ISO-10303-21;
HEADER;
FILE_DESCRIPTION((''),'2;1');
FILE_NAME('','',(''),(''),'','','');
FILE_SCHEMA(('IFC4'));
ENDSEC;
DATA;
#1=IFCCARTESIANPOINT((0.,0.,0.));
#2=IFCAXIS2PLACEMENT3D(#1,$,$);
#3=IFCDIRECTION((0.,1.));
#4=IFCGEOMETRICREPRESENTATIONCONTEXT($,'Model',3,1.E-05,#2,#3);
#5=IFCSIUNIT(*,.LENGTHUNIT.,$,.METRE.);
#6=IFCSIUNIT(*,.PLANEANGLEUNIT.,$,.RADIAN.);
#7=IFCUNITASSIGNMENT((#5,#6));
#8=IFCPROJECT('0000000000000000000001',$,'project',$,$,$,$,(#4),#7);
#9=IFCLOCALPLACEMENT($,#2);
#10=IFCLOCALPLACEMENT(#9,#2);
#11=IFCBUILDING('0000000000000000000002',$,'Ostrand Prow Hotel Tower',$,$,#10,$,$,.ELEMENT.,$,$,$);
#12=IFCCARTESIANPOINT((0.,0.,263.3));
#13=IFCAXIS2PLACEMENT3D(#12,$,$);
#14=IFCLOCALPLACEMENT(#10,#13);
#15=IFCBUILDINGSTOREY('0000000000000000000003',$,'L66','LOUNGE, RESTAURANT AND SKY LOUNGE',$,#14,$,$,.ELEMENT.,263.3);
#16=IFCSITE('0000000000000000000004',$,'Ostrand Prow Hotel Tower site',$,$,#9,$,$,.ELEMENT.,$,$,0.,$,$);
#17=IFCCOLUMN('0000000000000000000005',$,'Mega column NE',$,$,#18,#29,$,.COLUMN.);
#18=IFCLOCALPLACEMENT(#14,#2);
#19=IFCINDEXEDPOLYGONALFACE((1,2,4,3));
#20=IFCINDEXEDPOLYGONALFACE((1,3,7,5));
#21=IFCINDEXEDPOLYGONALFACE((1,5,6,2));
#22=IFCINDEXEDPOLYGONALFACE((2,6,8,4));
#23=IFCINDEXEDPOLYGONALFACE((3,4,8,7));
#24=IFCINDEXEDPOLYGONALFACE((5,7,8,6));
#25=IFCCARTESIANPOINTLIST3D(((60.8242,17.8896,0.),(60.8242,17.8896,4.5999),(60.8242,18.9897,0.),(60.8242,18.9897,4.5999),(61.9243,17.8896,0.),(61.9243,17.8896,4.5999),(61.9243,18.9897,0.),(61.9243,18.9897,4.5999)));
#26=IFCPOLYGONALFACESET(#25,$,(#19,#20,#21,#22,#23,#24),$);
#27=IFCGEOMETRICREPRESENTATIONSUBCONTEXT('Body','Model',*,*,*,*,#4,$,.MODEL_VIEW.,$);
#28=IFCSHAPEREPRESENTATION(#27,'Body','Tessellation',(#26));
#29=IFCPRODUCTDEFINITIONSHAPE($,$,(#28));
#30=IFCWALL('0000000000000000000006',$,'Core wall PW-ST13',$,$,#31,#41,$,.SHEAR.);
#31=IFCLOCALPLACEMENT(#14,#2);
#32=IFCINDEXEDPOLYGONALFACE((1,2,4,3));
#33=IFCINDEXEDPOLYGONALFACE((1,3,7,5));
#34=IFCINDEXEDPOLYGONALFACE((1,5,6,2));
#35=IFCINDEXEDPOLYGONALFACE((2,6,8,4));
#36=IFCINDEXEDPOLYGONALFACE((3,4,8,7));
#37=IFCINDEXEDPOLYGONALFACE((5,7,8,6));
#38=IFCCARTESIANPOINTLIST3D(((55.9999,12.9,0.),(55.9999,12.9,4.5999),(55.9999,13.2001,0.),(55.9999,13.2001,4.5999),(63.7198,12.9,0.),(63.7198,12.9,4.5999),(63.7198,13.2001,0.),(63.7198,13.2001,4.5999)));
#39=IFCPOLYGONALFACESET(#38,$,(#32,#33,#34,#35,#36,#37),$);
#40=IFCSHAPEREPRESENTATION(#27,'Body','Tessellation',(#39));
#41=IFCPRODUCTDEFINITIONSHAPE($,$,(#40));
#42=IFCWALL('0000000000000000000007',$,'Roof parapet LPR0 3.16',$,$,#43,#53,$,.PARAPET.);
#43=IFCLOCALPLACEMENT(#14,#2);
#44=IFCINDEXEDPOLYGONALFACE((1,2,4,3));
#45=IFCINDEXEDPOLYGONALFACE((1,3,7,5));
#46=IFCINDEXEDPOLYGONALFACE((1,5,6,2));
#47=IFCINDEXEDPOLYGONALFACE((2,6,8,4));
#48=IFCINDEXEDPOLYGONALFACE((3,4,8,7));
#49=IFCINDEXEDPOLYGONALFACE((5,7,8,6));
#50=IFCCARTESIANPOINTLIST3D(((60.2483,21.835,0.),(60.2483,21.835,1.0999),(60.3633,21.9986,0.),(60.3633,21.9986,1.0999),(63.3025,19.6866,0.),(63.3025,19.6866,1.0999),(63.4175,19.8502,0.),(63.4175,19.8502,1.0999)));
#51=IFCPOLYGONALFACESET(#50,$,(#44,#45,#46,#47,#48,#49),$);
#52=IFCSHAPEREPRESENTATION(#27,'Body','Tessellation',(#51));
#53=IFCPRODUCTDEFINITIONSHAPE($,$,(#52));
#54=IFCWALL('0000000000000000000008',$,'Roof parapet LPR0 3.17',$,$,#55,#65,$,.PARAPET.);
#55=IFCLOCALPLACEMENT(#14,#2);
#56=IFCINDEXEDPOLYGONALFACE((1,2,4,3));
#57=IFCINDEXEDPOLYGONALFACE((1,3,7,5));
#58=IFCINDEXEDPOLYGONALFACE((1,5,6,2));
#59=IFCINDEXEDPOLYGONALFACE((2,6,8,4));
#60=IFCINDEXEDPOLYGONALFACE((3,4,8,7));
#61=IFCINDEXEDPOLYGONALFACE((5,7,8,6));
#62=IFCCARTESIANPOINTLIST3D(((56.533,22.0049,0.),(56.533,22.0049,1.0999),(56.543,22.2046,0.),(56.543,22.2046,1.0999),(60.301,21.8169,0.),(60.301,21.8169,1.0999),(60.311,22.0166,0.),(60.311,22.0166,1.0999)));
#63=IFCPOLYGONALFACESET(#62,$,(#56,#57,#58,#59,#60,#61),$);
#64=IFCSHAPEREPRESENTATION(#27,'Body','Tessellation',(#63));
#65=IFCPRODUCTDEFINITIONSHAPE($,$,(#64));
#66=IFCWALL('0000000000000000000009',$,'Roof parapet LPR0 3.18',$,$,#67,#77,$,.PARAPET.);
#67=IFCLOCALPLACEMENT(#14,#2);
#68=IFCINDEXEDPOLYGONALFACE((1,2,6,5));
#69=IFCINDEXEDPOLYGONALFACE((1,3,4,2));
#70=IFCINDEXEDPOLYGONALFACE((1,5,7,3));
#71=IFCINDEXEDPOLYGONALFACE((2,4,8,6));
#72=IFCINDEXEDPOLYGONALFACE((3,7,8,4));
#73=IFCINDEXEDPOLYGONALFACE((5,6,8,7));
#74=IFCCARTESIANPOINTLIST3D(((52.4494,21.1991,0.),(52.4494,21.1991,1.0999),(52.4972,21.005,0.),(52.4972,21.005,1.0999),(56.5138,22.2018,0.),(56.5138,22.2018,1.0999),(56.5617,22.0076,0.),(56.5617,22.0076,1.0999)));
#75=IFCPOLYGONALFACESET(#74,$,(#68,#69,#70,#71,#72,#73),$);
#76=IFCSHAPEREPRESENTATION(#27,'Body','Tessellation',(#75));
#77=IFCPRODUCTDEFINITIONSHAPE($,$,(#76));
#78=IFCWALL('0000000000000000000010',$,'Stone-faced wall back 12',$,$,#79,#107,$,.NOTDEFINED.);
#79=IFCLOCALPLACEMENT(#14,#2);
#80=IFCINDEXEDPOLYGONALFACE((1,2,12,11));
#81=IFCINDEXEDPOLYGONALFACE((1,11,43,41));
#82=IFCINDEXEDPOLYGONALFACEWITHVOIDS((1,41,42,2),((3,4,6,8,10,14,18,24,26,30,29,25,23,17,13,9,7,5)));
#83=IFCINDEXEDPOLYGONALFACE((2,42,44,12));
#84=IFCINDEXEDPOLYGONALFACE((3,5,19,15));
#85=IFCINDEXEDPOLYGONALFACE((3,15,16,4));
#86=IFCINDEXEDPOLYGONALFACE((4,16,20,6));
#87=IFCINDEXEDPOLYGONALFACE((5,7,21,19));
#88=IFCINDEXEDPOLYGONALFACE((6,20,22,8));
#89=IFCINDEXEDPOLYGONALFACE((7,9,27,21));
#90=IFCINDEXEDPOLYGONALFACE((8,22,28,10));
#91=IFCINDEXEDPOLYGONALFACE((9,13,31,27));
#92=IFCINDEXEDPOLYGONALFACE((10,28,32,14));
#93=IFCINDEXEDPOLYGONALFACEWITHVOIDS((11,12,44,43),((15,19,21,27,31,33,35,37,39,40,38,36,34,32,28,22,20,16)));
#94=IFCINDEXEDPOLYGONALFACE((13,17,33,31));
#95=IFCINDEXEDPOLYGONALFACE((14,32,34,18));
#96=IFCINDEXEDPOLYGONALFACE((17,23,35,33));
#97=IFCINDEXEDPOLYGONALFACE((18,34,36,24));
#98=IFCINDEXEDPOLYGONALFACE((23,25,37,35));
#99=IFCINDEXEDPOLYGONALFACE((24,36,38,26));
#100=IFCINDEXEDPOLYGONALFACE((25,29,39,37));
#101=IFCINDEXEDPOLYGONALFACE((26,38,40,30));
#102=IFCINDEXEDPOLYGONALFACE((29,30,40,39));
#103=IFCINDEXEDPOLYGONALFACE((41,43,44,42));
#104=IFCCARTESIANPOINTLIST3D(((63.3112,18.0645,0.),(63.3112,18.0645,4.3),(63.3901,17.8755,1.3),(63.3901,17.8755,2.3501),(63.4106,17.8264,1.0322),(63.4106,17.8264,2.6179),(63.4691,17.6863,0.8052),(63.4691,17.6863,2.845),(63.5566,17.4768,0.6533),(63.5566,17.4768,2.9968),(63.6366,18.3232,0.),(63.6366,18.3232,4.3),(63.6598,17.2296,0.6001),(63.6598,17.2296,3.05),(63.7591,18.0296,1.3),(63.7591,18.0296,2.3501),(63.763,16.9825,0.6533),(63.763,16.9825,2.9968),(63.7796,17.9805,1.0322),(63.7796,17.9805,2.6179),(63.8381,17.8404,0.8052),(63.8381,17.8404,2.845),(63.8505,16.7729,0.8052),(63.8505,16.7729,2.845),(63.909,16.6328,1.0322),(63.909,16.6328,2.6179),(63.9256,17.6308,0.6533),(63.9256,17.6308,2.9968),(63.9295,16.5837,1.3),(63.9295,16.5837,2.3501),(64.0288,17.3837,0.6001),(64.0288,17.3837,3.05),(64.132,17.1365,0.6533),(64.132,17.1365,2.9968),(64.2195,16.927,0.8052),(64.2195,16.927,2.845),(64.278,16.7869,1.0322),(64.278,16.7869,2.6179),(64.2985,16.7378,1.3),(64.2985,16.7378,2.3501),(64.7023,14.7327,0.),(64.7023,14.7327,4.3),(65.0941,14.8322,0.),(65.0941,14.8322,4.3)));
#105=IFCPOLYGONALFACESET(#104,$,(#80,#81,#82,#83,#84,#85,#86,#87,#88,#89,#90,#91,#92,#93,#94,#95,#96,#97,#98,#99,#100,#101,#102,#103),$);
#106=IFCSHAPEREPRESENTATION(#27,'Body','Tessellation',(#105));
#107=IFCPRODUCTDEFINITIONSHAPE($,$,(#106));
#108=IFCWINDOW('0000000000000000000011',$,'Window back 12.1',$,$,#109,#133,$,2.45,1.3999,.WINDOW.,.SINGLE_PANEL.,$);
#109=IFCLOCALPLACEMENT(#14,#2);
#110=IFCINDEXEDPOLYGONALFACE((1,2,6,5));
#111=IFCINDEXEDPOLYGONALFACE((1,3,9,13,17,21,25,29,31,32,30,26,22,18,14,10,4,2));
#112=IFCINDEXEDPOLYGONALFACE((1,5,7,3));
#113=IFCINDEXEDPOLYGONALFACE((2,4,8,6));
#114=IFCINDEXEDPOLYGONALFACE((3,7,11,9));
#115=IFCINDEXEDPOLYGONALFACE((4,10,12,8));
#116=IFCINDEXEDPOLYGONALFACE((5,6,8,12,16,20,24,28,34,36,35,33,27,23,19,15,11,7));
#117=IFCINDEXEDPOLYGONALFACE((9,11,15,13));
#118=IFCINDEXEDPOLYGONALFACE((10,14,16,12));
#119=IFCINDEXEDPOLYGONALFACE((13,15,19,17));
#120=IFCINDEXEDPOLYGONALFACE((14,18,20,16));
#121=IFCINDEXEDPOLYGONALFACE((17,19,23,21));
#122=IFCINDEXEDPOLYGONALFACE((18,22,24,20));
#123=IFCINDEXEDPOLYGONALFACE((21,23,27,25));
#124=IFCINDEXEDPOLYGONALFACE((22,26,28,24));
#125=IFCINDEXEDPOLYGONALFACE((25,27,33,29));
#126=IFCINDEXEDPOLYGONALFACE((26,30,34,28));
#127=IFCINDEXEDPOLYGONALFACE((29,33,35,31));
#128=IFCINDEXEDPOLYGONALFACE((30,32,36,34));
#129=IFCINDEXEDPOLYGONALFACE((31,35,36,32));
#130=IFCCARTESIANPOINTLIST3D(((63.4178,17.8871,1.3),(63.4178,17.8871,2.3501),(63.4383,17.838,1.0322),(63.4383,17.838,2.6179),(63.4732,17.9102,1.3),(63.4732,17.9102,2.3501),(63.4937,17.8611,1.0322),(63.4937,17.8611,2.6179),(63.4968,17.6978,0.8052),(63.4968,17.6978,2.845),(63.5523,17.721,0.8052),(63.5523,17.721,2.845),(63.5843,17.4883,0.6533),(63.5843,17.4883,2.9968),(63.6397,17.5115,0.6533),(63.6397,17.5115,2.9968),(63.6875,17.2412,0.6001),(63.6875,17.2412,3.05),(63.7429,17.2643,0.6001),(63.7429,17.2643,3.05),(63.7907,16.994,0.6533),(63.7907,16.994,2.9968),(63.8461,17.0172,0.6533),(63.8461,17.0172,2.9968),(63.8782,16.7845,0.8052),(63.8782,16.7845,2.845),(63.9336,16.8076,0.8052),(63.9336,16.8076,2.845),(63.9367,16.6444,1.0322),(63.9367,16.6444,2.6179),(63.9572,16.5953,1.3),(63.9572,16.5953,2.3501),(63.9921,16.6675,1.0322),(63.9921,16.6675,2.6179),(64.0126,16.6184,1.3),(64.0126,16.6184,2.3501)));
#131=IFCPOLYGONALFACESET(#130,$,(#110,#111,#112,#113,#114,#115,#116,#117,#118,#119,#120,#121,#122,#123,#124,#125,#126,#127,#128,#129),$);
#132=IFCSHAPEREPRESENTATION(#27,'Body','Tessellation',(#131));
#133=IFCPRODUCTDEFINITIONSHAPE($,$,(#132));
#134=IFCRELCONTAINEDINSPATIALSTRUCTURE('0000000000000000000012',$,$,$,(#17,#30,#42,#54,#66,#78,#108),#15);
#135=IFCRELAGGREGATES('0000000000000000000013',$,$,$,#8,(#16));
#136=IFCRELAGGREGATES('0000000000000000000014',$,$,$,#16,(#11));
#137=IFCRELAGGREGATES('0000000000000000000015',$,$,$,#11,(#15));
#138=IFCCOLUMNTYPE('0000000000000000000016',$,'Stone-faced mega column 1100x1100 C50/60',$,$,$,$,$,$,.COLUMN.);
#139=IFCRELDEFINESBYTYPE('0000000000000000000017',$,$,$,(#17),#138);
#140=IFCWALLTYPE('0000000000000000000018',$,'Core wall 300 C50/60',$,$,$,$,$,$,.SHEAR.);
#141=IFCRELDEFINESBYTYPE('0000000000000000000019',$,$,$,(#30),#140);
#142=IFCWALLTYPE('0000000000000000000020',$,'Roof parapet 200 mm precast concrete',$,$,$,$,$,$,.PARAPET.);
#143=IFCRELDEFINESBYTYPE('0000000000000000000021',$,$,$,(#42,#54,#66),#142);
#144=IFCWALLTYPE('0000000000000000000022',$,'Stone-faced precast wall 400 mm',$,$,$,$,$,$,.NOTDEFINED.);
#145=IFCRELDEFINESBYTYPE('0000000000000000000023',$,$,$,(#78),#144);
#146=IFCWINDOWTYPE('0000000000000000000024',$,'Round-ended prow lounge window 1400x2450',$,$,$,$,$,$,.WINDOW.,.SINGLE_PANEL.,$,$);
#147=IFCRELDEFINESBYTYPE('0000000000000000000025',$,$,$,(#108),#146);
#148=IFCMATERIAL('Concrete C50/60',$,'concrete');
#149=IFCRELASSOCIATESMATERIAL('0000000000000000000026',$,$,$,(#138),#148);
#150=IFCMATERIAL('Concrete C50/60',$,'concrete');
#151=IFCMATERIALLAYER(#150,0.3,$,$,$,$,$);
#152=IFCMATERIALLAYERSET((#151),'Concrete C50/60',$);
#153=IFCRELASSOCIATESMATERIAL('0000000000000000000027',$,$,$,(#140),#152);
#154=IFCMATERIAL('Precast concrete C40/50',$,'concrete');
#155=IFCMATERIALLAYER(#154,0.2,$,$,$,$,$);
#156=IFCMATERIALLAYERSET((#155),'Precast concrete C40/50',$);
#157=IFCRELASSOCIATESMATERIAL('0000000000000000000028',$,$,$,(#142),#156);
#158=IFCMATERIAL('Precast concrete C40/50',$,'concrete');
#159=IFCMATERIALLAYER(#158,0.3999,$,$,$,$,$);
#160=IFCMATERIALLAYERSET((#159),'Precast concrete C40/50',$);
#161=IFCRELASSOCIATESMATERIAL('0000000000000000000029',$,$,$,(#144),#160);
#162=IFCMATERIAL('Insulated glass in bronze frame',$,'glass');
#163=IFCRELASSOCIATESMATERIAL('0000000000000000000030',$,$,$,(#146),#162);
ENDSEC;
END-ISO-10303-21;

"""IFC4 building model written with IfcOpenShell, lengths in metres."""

from ifc_helpers import new_model, si_unit, direction, frame, frame_2d, origin, origin_2d, place, context, subcontext, project, spatial, polyline, rectangle, outline, extrude, material, layer, layer_set, material_profile, profile_set, type_object, element, fill, save


model = new_model("IFC4")

# Units and contexts
model_context = context("Model", 3, precision=1e-05, world=origin(), true_north=direction((0.0, 1.0)))
body_context = subcontext(model_context, "Body", "Model", "MODEL_VIEW")
ifc_project = project(units=[si_unit("LENGTHUNIT", "METRE"), si_unit("PLANEANGLEUNIT", "RADIAN")], contexts=[model_context])

# Site, building, storey
site_placement = place(None, origin())
site = spatial("IfcSite", under=ifc_project, at=site_placement, Name="Ostrand Prow Hotel Tower site", CompositionType="ELEMENT", RefElevation=0.0)
building_placement = place(site_placement, origin())
building = spatial("IfcBuilding", under=site, at=building_placement, Name="Ostrand Prow Hotel Tower", CompositionType="ELEMENT")
storey_placement = place(building_placement, frame((0.0, 0.0, 263.3)))
storey = spatial("IfcBuildingStorey", under=building, at=storey_placement, Name="L66", Description="LOUNGE, RESTAURANT AND SKY LOUNGE", CompositionType="ELEMENT", Elevation=263.3)

# Column
ifc_material_1 = material(Name="Concrete C50/60", Category="concrete")
ifc_material_profile = material_profile(ifc_material_1, rectangle(XDim=1.1001, YDim=1.1001, at=origin_2d()), Name="RC 1100x1100")
ifc_profile_set = profile_set([ifc_material_profile], Name="Concrete C50/60")
column_type = type_object("IfcColumnType", Name="Stone-faced mega column 1100x1100 C50/60", PredefinedType="COLUMN", material=ifc_profile_set)
column_placement = place(storey_placement, frame((61.3743, 18.4397, 0.0), z_axis=(0.0, 0.0, 1.0), x_axis=(1.0, 0.0, 0.0)))
element("IfcColumn", 1, at=column_placement, inside=storey, type_object=column_type, Name="Mega column NE", PredefinedType="COLUMN", context=body_context, shape_type="SweptSolid", body=[
    extrude(rectangle(XDim=1.1001, YDim=1.1001, at=origin_2d()), origin(), (0.0, 0.0, 1.0), 4.5999),
])

# Walls
ifc_material_2 = material(Name="Concrete C50/60", Category="concrete")
ifc_layer_1 = layer(ifc_material_2, 0.3)
ifc_layer_set_1 = layer_set([ifc_layer_1], Name="Concrete C50/60")
wall_type_1 = type_object("IfcWallType", Name="Core wall 300 C50/60", PredefinedType="SHEAR", material=ifc_layer_set_1)
wall_1_placement = place(storey_placement, frame((56.0, 13.05, 0.0), z_axis=(0.0, 0.0, 1.0), x_axis=(1.0, 0.0, 0.0)))
element("IfcWall", 2, at=wall_1_placement, inside=storey, type_object=wall_type_1, Name="Core wall PW-ST13", PredefinedType="SHEAR", context=body_context, shape_type="SweptSolid", body=[
    extrude(rectangle(XDim=7.72, YDim=0.3, at=frame_2d((3.8599, 0.0))), origin(), (0.0, 0.0, 1.0), 4.5999),
])
ifc_material_3 = material(Name="Precast concrete C40/50", Category="concrete")
ifc_layer_2 = layer(ifc_material_3, 0.2)
ifc_layer_set_2 = layer_set([ifc_layer_2], Name="Precast concrete C40/50")
wall_type_2 = type_object("IfcWallType", Name="Roof parapet 200 mm precast concrete", PredefinedType="PARAPET", material=ifc_layer_set_2)
wall_2_placement = place(storey_placement, frame((63.3601, 19.7683, 0.0), z_axis=(0.0, 0.0, 1.0), x_axis=(-0.817909, 0.575348, 0.0)))
element("IfcWall", 3, at=wall_2_placement, inside=storey, type_object=wall_type_2, Name="Roof parapet LPR0 3.16", PredefinedType="PARAPET", context=body_context, shape_type="SweptSolid", body=[
    extrude(rectangle(XDim=3.7341, YDim=0.2, at=frame_2d((1.8672, 0.0))), origin(), (0.0, 0.0, 1.0), 1.0999),
])
wall_3_placement = place(storey_placement, frame((60.3059, 21.9167, 0.0), z_axis=(0.0, 0.0, 1.0), x_axis=(-0.998758, 0.049828, 0.0)))
element("IfcWall", 4, at=wall_3_placement, inside=storey, type_object=wall_type_2, Name="Roof parapet LPR0 3.17", PredefinedType="PARAPET", context=body_context, shape_type="SweptSolid", body=[
    extrude(rectangle(XDim=3.7727, YDim=0.2, at=frame_2d((1.8862, 0.0))), origin(), (0.0, 0.0, 1.0), 1.0999),
])
wall_4_placement = place(storey_placement, frame((56.5378, 22.1047, 0.0), z_axis=(0.0, 0.0, 1.0), x_axis=(-0.970893, -0.239516, 0.0)))
element("IfcWall", 5, at=wall_4_placement, inside=storey, type_object=wall_type_2, Name="Roof parapet LPR0 3.18", PredefinedType="PARAPET", context=body_context, shape_type="SweptSolid", body=[
    extrude(rectangle(XDim=4.1863, YDim=0.2, at=frame_2d((2.0933, 0.0))), origin(), (0.0, 0.0, 1.0), 1.0999),
])

# Wall, opening, window
ifc_material_4 = material(Name="Precast concrete C40/50", Category="concrete")
ifc_layer_3 = layer(ifc_material_4, 0.3999)
ifc_layer_set_3 = layer_set([ifc_layer_3], Name="Precast concrete C40/50")
wall_type_3 = type_object("IfcWallType", Name="Stone-faced precast wall 400 mm", PredefinedType="NOTDEFINED", material=ifc_layer_set_3)
wall_5_placement = place(storey_placement, frame((64.8982, 14.7825, 0.0), z_axis=(0.0, 0.0, 1.0), x_axis=(-0.385286, 0.922797, 0.0)))
wall_5 = element("IfcWall", 6, at=wall_5_placement, inside=storey, type_object=wall_type_3, Name="Stone-faced wall back 12", PredefinedType="NOTDEFINED", context=body_context, shape_type="SweptSolid", body=[
    extrude(outline(polyline([(-0.0295, -0.2), (3.7534, -0.2), (3.6401, 0.2), (0.0295, 0.2), (-0.0295, -0.2)])), origin(), (0.0, 0.0, 1.0), 4.3),
])
opening_1_placement = place(wall_5_placement, frame((2.0354, 0.0, 0.6001)))
opening_1 = element("IfcOpeningElement", 7, at=opening_1_placement, cuts=wall_5, PredefinedType="OPENING", context=body_context, shape_type="SweptSolid", body=[
    extrude(outline(polyline([(0.0, 1.75), (0.0532, 2.0178), (0.2051, 2.2449), (0.4321, 2.3967), (0.7, 2.45), (0.9678, 2.3967), (1.1948, 2.2449), (1.3467, 2.0178), (1.3999, 1.75), (1.3999, 0.7), (1.3467, 0.4321), (1.1948, 0.2051), (0.9678, 0.0532), (0.7, 0.0), (0.4321, 0.0532), (0.2051, 0.2051), (0.0532, 0.4321), (0.0, 0.7), (0.0, 1.75)])), frame((0.0, 0.21, 0.0), z_axis=(0.0, -1.0, 0.0), x_axis=(1.0, 0.0, 0.0)), (0.0, 0.0, 1.0), 0.4199),
])
ifc_material_5 = material(Name="Insulated glass in bronze frame", Category="glass")
window_type_1 = type_object("IfcWindowType", Name="Round-ended prow lounge window 1400x2450", PartitioningType="SINGLE_PANEL", PredefinedType="WINDOW", material=ifc_material_5)
window_1_placement = place(opening_1_placement, origin())
window_1 = element("IfcWindow", 8, at=window_1_placement, inside=storey, type_object=window_type_1, Name="Window back 12.1", OverallHeight=2.45, OverallWidth=1.3999, PartitioningType="SINGLE_PANEL", PredefinedType="WINDOW", context=body_context, shape_type="SweptSolid", body=[
    extrude(outline(polyline([(0.0, 1.75), (0.0532, 2.0178), (0.2051, 2.2449), (0.4321, 2.3967), (0.7, 2.45), (0.9678, 2.3967), (1.1948, 2.2449), (1.3467, 2.0178), (1.3999, 1.75), (1.3999, 0.7), (1.3467, 0.4321), (1.1948, 0.2051), (0.9678, 0.0532), (0.7, 0.0), (0.4321, 0.0532), (0.2051, 0.2051), (0.0532, 0.4321), (0.0, 0.7), (0.0, 1.75)])), frame((0.0, 0.1699, 0.0), z_axis=(0.0, -1.0, 0.0), x_axis=(1.0, 0.0, 0.0)), (0.0, 0.0, 1.0), 0.0601),
])
fill(opening_1, window_1)

save(model, "model.ifc")
